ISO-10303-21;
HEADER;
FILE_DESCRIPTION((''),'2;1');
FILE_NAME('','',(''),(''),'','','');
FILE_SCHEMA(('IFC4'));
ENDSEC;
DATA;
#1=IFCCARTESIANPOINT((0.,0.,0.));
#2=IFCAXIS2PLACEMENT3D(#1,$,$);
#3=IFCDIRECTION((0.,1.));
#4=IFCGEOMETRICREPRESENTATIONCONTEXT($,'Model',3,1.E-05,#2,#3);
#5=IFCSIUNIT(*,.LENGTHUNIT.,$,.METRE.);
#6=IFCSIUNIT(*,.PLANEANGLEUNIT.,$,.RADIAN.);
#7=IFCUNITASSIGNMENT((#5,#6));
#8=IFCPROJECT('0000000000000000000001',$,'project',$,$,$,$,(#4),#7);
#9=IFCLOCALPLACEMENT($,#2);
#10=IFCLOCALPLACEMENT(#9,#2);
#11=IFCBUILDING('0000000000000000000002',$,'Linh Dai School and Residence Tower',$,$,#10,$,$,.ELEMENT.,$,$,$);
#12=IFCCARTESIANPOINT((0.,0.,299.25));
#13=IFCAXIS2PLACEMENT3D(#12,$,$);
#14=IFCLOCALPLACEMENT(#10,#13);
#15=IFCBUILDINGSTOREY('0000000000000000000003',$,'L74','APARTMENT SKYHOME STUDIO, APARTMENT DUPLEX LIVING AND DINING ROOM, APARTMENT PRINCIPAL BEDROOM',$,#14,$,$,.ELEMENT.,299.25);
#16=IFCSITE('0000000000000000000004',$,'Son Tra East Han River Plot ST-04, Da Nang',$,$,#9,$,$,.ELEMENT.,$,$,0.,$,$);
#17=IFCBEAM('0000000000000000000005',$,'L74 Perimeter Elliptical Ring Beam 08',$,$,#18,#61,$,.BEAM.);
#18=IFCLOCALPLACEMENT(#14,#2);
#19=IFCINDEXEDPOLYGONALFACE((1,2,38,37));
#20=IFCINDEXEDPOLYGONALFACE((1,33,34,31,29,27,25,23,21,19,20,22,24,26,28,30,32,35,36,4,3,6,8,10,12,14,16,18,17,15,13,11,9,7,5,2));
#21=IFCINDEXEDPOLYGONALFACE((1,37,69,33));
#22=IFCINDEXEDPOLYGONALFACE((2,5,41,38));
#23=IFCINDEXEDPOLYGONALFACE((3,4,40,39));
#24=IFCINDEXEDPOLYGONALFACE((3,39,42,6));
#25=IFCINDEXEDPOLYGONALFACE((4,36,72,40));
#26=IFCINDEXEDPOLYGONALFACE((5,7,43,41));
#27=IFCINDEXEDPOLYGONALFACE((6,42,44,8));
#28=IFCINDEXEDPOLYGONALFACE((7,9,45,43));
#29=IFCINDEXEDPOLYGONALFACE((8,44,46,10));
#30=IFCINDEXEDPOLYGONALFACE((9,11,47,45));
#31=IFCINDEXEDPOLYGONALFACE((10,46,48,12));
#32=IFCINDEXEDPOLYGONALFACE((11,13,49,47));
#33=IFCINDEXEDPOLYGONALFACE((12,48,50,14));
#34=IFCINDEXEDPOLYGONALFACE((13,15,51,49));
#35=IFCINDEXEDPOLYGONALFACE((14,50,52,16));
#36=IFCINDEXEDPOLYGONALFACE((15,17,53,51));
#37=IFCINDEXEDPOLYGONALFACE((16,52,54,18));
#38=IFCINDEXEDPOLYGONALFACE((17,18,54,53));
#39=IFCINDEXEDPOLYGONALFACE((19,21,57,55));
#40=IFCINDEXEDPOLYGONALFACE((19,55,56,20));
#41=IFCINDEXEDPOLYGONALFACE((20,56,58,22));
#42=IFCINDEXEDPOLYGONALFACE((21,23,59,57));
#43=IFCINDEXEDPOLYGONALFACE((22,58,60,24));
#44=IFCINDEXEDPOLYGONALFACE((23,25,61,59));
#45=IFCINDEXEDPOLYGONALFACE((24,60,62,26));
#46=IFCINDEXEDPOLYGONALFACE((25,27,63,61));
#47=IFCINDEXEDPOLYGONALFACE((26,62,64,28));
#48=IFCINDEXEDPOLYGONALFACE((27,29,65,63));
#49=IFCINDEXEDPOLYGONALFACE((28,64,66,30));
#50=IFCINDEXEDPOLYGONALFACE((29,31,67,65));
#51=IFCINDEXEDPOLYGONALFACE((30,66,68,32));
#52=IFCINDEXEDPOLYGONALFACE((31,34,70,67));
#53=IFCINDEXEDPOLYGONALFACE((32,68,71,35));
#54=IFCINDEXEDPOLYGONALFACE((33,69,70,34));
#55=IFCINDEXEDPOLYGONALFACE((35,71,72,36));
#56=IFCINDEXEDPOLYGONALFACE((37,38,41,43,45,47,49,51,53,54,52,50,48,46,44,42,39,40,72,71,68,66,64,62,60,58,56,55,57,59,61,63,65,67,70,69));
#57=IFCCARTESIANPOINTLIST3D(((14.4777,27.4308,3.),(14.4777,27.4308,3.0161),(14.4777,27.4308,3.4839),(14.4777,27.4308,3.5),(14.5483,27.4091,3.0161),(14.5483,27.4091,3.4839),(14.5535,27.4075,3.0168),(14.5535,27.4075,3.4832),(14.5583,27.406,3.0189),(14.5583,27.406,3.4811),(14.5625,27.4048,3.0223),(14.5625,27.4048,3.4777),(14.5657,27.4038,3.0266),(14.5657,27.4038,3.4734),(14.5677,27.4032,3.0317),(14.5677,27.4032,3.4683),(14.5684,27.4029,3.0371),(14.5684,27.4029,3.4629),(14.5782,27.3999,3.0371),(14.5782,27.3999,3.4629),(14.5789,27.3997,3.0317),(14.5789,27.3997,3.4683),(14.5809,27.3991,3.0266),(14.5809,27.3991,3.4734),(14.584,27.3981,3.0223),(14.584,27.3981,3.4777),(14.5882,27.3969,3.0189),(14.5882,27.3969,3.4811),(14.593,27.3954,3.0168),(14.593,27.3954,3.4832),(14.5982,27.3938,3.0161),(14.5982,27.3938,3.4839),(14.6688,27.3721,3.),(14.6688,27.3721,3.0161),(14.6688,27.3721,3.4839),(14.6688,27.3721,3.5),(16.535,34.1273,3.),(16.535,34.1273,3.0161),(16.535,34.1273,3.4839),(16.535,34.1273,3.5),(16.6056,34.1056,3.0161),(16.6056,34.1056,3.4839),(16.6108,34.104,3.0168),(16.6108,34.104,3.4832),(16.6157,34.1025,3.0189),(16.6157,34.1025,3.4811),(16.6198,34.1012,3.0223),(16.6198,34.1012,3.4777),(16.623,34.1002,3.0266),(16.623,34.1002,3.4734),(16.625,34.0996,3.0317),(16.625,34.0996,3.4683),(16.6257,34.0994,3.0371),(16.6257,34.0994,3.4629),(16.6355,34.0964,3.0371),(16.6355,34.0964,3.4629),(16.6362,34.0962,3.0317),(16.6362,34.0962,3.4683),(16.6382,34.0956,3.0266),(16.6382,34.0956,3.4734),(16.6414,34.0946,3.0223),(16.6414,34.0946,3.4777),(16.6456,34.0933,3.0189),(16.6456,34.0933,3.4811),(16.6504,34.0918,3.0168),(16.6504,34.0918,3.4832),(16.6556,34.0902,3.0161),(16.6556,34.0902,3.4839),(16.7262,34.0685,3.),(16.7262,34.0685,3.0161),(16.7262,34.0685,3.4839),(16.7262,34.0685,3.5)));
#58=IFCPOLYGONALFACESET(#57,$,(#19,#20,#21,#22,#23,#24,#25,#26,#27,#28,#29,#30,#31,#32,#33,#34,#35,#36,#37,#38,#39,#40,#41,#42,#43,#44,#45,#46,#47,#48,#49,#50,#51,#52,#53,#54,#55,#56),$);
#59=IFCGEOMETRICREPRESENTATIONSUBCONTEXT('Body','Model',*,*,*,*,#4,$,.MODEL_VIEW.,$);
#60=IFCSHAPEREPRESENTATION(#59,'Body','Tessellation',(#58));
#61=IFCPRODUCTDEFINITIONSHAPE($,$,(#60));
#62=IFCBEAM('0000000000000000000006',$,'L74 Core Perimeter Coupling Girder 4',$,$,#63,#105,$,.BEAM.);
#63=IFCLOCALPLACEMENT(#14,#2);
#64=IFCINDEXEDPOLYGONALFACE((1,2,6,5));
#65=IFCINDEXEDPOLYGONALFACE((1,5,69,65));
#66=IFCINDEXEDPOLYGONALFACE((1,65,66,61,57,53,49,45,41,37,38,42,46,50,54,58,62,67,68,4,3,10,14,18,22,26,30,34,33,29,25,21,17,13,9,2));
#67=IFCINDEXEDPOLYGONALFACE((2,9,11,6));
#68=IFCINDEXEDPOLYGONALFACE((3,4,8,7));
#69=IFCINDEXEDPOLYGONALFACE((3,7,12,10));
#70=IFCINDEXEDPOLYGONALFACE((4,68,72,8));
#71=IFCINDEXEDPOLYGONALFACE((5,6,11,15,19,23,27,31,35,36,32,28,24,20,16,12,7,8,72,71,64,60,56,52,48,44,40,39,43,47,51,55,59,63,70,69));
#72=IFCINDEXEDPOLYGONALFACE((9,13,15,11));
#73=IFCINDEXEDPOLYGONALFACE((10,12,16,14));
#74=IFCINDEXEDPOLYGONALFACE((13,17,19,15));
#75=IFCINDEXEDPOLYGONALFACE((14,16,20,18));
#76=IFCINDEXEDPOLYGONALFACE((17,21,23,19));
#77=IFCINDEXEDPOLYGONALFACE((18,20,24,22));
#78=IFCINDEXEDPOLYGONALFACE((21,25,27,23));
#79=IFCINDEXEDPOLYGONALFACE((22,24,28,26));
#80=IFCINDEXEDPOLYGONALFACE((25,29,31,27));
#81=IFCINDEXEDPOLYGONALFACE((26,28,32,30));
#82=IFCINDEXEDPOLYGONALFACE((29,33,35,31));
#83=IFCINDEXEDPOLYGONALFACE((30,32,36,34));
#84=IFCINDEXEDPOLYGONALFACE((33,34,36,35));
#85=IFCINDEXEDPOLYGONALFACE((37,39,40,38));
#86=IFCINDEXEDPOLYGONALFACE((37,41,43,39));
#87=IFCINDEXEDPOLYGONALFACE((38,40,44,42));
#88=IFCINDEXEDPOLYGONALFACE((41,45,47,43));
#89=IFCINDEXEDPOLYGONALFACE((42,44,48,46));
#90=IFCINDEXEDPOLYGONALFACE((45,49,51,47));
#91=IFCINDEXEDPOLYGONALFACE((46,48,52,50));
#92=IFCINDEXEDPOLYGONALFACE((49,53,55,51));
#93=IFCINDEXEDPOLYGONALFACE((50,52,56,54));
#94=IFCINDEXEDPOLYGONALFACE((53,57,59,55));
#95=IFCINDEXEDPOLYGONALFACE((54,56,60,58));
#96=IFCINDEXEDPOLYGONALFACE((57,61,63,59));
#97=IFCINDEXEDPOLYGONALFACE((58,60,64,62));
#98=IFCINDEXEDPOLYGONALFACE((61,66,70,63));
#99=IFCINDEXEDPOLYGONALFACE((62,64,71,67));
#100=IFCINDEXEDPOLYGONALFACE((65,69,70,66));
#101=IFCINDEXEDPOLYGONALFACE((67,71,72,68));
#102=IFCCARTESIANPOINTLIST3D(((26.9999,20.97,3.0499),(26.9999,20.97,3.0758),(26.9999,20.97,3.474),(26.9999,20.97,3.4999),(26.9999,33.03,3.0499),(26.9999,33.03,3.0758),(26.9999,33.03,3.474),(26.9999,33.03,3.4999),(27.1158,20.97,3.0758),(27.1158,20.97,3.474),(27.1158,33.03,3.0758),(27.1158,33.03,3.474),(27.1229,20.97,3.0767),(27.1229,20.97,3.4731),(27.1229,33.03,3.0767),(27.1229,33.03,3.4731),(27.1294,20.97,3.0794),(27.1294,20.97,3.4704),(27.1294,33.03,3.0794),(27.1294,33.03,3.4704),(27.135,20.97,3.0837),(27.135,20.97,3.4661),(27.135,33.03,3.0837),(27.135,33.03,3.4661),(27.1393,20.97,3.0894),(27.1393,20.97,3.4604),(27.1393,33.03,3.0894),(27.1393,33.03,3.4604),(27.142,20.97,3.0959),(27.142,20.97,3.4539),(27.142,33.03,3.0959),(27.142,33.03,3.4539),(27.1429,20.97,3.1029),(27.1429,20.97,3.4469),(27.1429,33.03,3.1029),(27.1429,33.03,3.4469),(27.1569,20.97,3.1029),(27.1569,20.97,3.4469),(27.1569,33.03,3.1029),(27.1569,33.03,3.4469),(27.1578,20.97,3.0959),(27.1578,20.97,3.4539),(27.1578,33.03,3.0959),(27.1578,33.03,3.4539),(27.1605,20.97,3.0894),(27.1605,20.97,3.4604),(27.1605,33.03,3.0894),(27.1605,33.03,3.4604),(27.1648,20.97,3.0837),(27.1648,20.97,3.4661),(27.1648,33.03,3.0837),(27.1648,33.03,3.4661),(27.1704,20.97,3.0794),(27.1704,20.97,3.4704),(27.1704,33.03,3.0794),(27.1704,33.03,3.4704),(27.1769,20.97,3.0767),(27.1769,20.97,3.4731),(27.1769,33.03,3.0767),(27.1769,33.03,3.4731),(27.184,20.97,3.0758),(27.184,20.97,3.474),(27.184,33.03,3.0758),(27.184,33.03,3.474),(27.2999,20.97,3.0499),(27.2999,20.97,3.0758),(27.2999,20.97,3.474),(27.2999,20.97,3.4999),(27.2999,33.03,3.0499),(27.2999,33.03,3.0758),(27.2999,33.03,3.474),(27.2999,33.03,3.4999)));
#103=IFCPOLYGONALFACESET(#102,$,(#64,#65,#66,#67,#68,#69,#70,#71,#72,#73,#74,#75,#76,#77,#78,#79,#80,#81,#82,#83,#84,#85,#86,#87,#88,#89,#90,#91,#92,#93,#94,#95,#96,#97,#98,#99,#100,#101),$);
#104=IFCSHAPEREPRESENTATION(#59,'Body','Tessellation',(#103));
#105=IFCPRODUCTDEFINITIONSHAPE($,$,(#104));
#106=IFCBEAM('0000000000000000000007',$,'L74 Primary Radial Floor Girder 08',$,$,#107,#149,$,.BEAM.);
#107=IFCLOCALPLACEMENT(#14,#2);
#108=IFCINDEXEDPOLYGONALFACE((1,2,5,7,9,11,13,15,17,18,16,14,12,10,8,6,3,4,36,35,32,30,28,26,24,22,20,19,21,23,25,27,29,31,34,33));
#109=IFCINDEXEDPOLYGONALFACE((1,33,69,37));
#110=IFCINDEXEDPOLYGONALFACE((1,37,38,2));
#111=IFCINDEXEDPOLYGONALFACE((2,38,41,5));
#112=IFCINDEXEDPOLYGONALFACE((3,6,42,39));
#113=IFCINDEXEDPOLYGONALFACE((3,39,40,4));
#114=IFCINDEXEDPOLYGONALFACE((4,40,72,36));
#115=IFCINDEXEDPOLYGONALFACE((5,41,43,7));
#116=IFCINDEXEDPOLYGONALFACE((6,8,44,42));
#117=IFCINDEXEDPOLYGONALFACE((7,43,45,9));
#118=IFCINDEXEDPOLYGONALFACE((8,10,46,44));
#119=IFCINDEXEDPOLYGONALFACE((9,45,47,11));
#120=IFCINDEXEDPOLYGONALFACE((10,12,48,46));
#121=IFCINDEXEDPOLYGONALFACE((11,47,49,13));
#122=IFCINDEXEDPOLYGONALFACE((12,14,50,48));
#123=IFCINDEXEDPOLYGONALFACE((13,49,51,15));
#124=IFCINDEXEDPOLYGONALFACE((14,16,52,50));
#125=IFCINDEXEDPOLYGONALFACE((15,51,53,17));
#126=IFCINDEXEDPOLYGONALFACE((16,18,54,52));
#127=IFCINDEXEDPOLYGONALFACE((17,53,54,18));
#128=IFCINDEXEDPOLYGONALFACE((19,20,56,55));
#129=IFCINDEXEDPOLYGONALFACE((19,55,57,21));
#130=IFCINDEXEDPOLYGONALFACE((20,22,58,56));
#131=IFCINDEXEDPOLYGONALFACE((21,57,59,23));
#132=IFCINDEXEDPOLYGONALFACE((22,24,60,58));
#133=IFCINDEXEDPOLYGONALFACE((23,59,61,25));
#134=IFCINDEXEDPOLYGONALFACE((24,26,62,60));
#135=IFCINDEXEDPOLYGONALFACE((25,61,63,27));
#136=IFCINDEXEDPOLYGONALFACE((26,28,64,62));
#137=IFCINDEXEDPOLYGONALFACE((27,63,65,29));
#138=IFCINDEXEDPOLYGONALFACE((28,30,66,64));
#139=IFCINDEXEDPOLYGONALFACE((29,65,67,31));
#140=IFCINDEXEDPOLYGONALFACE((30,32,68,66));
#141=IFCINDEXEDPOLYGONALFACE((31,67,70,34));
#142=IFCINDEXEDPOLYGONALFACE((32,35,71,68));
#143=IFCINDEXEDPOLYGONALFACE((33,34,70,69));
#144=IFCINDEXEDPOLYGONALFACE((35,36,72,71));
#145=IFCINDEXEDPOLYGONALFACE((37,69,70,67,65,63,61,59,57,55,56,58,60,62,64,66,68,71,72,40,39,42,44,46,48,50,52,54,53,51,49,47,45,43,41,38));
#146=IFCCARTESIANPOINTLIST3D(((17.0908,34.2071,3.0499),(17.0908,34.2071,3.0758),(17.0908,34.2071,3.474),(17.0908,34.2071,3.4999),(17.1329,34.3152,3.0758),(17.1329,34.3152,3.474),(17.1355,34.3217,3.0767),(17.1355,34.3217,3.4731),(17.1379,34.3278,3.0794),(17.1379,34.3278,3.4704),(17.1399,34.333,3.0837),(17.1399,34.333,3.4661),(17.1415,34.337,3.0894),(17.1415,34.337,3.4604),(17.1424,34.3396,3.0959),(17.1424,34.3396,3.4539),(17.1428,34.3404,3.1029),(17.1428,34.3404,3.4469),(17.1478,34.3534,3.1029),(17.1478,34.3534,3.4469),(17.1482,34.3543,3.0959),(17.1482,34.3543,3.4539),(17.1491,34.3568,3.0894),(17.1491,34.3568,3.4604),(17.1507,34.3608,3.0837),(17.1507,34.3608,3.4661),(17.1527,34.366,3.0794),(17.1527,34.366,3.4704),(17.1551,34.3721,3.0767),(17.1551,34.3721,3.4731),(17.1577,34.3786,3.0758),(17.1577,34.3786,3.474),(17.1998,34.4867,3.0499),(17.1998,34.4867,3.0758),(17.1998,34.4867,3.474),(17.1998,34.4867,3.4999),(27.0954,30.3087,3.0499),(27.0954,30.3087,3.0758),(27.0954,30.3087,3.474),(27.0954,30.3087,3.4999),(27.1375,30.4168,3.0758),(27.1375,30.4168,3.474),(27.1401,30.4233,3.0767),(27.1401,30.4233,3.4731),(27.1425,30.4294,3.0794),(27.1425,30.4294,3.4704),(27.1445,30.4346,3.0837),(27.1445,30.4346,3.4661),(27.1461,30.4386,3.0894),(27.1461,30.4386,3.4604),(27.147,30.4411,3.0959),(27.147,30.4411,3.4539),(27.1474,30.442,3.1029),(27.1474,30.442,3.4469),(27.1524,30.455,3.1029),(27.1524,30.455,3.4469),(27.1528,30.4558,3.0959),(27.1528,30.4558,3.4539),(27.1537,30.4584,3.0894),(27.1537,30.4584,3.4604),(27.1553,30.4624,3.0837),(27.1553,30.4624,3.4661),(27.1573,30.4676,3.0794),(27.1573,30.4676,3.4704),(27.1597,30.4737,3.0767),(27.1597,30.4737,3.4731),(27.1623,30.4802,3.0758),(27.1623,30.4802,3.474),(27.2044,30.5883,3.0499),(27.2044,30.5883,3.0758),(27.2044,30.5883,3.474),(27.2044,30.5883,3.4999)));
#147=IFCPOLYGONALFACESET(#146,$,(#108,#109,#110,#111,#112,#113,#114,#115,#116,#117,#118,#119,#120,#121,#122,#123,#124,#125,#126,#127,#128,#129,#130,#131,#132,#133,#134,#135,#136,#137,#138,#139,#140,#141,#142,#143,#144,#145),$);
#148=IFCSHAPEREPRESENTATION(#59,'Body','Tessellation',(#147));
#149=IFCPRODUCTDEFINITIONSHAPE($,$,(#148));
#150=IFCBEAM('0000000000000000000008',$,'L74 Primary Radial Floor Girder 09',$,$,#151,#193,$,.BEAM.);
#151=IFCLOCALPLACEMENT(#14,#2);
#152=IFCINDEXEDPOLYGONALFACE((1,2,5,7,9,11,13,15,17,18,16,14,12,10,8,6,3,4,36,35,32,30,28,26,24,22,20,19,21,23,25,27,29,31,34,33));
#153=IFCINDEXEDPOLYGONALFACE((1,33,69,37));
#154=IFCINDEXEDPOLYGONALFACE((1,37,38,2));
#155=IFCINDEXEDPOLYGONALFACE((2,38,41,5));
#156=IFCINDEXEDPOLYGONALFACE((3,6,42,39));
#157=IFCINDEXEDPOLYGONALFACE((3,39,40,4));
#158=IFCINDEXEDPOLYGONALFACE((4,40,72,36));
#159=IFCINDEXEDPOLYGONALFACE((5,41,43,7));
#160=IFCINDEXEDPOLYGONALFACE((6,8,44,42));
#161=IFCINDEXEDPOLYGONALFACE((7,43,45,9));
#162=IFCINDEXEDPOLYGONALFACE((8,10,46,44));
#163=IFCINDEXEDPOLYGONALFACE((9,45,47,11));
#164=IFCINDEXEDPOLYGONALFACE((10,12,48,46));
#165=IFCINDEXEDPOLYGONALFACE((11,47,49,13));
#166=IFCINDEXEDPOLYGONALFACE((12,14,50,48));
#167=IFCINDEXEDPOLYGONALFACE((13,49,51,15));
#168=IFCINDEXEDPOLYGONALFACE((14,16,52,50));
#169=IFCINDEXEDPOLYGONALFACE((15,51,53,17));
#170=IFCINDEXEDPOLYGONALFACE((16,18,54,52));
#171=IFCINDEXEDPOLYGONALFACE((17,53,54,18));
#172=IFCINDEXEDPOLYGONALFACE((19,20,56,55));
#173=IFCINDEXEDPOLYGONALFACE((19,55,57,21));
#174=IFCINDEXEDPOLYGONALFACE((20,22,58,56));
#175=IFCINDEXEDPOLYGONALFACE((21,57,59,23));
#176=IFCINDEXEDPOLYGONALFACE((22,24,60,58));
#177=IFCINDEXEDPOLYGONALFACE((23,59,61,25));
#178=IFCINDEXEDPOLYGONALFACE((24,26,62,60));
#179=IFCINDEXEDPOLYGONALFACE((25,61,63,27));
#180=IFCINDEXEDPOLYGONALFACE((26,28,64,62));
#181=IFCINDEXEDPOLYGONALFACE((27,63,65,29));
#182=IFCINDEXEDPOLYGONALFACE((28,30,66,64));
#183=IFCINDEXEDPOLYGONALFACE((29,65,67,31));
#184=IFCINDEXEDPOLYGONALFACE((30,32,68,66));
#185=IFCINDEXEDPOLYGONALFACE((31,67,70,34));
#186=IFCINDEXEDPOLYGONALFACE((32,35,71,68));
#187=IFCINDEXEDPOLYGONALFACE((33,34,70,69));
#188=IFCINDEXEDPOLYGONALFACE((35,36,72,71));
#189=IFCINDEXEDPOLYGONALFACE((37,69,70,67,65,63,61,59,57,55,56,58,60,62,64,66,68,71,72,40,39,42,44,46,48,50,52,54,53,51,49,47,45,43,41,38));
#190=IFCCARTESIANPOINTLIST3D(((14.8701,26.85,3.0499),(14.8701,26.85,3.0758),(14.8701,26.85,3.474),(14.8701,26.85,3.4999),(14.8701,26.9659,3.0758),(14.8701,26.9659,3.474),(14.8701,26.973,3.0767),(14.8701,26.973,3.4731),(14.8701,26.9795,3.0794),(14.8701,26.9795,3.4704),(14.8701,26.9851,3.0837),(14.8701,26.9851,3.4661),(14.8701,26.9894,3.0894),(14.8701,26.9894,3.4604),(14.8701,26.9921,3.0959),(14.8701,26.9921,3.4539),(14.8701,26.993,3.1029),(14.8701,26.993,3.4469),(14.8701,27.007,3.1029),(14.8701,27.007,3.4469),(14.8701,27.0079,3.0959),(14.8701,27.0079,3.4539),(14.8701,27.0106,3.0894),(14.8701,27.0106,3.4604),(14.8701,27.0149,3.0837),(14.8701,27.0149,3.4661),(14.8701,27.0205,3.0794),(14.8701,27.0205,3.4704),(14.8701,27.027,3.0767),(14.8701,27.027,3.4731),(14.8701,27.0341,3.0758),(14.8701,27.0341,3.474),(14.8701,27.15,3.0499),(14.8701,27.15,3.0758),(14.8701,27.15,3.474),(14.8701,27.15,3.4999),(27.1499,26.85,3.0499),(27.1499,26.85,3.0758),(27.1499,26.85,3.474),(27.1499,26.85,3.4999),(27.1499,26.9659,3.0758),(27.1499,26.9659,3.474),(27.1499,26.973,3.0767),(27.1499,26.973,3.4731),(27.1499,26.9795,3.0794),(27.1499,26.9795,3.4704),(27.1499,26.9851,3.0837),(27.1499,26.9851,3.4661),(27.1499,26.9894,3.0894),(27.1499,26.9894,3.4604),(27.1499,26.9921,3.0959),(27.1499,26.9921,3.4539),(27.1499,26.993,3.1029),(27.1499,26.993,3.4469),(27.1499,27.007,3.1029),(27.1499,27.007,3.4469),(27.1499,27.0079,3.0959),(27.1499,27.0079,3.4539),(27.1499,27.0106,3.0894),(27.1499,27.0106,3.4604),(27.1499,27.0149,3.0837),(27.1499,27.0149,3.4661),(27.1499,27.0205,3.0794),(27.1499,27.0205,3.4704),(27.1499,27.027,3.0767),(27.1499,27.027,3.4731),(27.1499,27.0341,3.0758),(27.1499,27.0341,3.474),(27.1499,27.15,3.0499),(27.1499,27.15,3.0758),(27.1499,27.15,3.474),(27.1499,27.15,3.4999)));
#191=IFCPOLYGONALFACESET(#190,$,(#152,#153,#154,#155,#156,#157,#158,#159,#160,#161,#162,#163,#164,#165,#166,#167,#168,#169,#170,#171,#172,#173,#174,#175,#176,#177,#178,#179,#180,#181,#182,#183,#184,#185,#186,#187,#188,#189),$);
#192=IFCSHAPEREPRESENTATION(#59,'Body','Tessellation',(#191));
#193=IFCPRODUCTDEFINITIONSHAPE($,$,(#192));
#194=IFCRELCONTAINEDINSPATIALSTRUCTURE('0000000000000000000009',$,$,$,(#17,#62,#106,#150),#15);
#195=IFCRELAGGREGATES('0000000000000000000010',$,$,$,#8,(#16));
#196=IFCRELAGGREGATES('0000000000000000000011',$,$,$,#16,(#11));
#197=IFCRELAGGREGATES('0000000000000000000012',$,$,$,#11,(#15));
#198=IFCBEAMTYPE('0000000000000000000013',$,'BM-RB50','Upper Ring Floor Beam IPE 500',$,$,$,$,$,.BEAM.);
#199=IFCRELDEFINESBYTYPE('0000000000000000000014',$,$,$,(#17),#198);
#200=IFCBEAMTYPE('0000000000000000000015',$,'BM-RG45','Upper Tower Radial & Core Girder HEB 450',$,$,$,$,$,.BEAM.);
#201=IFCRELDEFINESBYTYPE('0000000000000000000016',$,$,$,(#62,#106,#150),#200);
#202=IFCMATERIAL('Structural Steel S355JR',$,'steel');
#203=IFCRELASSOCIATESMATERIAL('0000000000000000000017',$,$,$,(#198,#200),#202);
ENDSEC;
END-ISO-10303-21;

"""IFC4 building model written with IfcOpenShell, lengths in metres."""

from ifc_helpers import new_model, si_unit, direction, frame, origin, origin_2d, place, context, subcontext, project, spatial, i_section, extrude, material, material_profile, profile_set, type_object, element, save


model = new_model("IFC4")

# Units and contexts
model_context = context("Model", 3, precision=1e-05, world=origin(), true_north=direction((0.0, 1.0)))
body_context = subcontext(model_context, "Body", "Model", "MODEL_VIEW")
ifc_project = project(units=[si_unit("LENGTHUNIT", "METRE"), si_unit("PLANEANGLEUNIT", "RADIAN")], contexts=[model_context])

# Site, building, storey
site_placement = place(None, origin())
site = spatial("IfcSite", under=ifc_project, at=site_placement, Name="Son Tra East Han River Plot ST-04, Da Nang", CompositionType="ELEMENT", RefElevation=0.0)
building_placement = place(site_placement, origin())
building = spatial("IfcBuilding", under=site, at=building_placement, Name="Linh Dai School and Residence Tower", CompositionType="ELEMENT")
storey_placement = place(building_placement, frame((0.0, 0.0, 299.25)))
storey = spatial("IfcBuildingStorey", under=building, at=storey_placement, Name="L74", Description="APARTMENT SKYHOME STUDIO, APARTMENT DUPLEX LIVING AND DINING ROOM, APARTMENT PRINCIPAL BEDROOM", CompositionType="ELEMENT", Elevation=299.25)

# Shared definitions
ifc_material_1 = material(Name="Structural Steel S355JR", Category="steel")

# Beams
ifc_material_profile_1 = material_profile(ifc_material_1, i_section(OverallWidth=0.2, OverallDepth=0.5, WebThickness=0.0103, FlangeThickness=0.0161, FilletRadius=0.021, at=origin_2d()), Name="IPE 500")
ifc_profile_set_1 = profile_set([ifc_material_profile_1], Name="Structural Steel S355JR")
beam_type_1 = type_object("IfcBeamType", Name="BM-RB50", Description="Upper Ring Floor Beam IPE 500", PredefinedType="BEAM", material=ifc_profile_set_1)
beam_1_placement = place(storey_placement, frame((16.6306, 34.0979, 3.25), z_axis=(-0.293682, -0.955903, 0.0), x_axis=(0.955903, -0.293682, 0.0)))
element("IfcBeam", 1, at=beam_1_placement, inside=storey, type_object=beam_type_1, Name="L74 Perimeter Elliptical Ring Beam 08", PredefinedType="BEAM", context=body_context, shape_type="SweptSolid", body=[
    extrude(i_section(OverallWidth=0.2, OverallDepth=0.5, WebThickness=0.0103, FlangeThickness=0.0161, FilletRadius=0.021, at=origin_2d()), origin(), (0.0, 0.0, 1.0), 7.0054),
])
ifc_material_profile_2 = material_profile(ifc_material_1, i_section(OverallWidth=0.3, OverallDepth=0.45, WebThickness=0.0139, FlangeThickness=0.0259, FilletRadius=0.0271, at=origin_2d()), Name="HEB 450")
ifc_profile_set_2 = profile_set([ifc_material_profile_2], Name="Structural Steel S355JR")
beam_type_2 = type_object("IfcBeamType", Name="BM-RG45", Description="Upper Tower Radial & Core Girder HEB 450", PredefinedType="BEAM", material=ifc_profile_set_2)
beam_2_placement = place(storey_placement, frame((27.1499, 33.03, 3.2749), z_axis=(0.0, -1.0, 0.0), x_axis=(1.0, 0.0, 0.0)))
element("IfcBeam", 2, at=beam_2_placement, inside=storey, type_object=beam_type_2, Name="L74 Core Perimeter Coupling Girder 4", PredefinedType="BEAM", context=body_context, shape_type="SweptSolid", body=[
    extrude(i_section(OverallWidth=0.3, OverallDepth=0.45, WebThickness=0.0139, FlangeThickness=0.0259, FilletRadius=0.0271, at=origin_2d()), origin(), (0.0, 0.0, 1.0), 12.0601),
])
beam_3_placement = place(storey_placement, frame((27.1499, 30.4485, 3.2749), z_axis=(-0.931761, 0.363073, 0.0), x_axis=(-0.363073, -0.931761, 0.0)))
element("IfcBeam", 3, at=beam_3_placement, inside=storey, type_object=beam_type_2, Name="L74 Primary Radial Floor Girder 08", PredefinedType="BEAM", context=body_context, shape_type="SweptSolid", body=[
    extrude(i_section(OverallWidth=0.3, OverallDepth=0.45, WebThickness=0.0139, FlangeThickness=0.0259, FilletRadius=0.0271, at=origin_2d()), origin(), (0.0, 0.0, 1.0), 10.7373),
])
beam_4_placement = place(storey_placement, frame((27.1499, 27.0, 3.2749), z_axis=(-1.0, 0.0, 0.0), x_axis=(0.0, -1.0, 0.0)))
element("IfcBeam", 4, at=beam_4_placement, inside=storey, type_object=beam_type_2, Name="L74 Primary Radial Floor Girder 09", PredefinedType="BEAM", context=body_context, shape_type="SweptSolid", body=[
    extrude(i_section(OverallWidth=0.3, OverallDepth=0.45, WebThickness=0.0139, FlangeThickness=0.0259, FilletRadius=0.0271, at=origin_2d()), origin(), (0.0, 0.0, 1.0), 12.2798),
])

save(model, "model.ifc")
